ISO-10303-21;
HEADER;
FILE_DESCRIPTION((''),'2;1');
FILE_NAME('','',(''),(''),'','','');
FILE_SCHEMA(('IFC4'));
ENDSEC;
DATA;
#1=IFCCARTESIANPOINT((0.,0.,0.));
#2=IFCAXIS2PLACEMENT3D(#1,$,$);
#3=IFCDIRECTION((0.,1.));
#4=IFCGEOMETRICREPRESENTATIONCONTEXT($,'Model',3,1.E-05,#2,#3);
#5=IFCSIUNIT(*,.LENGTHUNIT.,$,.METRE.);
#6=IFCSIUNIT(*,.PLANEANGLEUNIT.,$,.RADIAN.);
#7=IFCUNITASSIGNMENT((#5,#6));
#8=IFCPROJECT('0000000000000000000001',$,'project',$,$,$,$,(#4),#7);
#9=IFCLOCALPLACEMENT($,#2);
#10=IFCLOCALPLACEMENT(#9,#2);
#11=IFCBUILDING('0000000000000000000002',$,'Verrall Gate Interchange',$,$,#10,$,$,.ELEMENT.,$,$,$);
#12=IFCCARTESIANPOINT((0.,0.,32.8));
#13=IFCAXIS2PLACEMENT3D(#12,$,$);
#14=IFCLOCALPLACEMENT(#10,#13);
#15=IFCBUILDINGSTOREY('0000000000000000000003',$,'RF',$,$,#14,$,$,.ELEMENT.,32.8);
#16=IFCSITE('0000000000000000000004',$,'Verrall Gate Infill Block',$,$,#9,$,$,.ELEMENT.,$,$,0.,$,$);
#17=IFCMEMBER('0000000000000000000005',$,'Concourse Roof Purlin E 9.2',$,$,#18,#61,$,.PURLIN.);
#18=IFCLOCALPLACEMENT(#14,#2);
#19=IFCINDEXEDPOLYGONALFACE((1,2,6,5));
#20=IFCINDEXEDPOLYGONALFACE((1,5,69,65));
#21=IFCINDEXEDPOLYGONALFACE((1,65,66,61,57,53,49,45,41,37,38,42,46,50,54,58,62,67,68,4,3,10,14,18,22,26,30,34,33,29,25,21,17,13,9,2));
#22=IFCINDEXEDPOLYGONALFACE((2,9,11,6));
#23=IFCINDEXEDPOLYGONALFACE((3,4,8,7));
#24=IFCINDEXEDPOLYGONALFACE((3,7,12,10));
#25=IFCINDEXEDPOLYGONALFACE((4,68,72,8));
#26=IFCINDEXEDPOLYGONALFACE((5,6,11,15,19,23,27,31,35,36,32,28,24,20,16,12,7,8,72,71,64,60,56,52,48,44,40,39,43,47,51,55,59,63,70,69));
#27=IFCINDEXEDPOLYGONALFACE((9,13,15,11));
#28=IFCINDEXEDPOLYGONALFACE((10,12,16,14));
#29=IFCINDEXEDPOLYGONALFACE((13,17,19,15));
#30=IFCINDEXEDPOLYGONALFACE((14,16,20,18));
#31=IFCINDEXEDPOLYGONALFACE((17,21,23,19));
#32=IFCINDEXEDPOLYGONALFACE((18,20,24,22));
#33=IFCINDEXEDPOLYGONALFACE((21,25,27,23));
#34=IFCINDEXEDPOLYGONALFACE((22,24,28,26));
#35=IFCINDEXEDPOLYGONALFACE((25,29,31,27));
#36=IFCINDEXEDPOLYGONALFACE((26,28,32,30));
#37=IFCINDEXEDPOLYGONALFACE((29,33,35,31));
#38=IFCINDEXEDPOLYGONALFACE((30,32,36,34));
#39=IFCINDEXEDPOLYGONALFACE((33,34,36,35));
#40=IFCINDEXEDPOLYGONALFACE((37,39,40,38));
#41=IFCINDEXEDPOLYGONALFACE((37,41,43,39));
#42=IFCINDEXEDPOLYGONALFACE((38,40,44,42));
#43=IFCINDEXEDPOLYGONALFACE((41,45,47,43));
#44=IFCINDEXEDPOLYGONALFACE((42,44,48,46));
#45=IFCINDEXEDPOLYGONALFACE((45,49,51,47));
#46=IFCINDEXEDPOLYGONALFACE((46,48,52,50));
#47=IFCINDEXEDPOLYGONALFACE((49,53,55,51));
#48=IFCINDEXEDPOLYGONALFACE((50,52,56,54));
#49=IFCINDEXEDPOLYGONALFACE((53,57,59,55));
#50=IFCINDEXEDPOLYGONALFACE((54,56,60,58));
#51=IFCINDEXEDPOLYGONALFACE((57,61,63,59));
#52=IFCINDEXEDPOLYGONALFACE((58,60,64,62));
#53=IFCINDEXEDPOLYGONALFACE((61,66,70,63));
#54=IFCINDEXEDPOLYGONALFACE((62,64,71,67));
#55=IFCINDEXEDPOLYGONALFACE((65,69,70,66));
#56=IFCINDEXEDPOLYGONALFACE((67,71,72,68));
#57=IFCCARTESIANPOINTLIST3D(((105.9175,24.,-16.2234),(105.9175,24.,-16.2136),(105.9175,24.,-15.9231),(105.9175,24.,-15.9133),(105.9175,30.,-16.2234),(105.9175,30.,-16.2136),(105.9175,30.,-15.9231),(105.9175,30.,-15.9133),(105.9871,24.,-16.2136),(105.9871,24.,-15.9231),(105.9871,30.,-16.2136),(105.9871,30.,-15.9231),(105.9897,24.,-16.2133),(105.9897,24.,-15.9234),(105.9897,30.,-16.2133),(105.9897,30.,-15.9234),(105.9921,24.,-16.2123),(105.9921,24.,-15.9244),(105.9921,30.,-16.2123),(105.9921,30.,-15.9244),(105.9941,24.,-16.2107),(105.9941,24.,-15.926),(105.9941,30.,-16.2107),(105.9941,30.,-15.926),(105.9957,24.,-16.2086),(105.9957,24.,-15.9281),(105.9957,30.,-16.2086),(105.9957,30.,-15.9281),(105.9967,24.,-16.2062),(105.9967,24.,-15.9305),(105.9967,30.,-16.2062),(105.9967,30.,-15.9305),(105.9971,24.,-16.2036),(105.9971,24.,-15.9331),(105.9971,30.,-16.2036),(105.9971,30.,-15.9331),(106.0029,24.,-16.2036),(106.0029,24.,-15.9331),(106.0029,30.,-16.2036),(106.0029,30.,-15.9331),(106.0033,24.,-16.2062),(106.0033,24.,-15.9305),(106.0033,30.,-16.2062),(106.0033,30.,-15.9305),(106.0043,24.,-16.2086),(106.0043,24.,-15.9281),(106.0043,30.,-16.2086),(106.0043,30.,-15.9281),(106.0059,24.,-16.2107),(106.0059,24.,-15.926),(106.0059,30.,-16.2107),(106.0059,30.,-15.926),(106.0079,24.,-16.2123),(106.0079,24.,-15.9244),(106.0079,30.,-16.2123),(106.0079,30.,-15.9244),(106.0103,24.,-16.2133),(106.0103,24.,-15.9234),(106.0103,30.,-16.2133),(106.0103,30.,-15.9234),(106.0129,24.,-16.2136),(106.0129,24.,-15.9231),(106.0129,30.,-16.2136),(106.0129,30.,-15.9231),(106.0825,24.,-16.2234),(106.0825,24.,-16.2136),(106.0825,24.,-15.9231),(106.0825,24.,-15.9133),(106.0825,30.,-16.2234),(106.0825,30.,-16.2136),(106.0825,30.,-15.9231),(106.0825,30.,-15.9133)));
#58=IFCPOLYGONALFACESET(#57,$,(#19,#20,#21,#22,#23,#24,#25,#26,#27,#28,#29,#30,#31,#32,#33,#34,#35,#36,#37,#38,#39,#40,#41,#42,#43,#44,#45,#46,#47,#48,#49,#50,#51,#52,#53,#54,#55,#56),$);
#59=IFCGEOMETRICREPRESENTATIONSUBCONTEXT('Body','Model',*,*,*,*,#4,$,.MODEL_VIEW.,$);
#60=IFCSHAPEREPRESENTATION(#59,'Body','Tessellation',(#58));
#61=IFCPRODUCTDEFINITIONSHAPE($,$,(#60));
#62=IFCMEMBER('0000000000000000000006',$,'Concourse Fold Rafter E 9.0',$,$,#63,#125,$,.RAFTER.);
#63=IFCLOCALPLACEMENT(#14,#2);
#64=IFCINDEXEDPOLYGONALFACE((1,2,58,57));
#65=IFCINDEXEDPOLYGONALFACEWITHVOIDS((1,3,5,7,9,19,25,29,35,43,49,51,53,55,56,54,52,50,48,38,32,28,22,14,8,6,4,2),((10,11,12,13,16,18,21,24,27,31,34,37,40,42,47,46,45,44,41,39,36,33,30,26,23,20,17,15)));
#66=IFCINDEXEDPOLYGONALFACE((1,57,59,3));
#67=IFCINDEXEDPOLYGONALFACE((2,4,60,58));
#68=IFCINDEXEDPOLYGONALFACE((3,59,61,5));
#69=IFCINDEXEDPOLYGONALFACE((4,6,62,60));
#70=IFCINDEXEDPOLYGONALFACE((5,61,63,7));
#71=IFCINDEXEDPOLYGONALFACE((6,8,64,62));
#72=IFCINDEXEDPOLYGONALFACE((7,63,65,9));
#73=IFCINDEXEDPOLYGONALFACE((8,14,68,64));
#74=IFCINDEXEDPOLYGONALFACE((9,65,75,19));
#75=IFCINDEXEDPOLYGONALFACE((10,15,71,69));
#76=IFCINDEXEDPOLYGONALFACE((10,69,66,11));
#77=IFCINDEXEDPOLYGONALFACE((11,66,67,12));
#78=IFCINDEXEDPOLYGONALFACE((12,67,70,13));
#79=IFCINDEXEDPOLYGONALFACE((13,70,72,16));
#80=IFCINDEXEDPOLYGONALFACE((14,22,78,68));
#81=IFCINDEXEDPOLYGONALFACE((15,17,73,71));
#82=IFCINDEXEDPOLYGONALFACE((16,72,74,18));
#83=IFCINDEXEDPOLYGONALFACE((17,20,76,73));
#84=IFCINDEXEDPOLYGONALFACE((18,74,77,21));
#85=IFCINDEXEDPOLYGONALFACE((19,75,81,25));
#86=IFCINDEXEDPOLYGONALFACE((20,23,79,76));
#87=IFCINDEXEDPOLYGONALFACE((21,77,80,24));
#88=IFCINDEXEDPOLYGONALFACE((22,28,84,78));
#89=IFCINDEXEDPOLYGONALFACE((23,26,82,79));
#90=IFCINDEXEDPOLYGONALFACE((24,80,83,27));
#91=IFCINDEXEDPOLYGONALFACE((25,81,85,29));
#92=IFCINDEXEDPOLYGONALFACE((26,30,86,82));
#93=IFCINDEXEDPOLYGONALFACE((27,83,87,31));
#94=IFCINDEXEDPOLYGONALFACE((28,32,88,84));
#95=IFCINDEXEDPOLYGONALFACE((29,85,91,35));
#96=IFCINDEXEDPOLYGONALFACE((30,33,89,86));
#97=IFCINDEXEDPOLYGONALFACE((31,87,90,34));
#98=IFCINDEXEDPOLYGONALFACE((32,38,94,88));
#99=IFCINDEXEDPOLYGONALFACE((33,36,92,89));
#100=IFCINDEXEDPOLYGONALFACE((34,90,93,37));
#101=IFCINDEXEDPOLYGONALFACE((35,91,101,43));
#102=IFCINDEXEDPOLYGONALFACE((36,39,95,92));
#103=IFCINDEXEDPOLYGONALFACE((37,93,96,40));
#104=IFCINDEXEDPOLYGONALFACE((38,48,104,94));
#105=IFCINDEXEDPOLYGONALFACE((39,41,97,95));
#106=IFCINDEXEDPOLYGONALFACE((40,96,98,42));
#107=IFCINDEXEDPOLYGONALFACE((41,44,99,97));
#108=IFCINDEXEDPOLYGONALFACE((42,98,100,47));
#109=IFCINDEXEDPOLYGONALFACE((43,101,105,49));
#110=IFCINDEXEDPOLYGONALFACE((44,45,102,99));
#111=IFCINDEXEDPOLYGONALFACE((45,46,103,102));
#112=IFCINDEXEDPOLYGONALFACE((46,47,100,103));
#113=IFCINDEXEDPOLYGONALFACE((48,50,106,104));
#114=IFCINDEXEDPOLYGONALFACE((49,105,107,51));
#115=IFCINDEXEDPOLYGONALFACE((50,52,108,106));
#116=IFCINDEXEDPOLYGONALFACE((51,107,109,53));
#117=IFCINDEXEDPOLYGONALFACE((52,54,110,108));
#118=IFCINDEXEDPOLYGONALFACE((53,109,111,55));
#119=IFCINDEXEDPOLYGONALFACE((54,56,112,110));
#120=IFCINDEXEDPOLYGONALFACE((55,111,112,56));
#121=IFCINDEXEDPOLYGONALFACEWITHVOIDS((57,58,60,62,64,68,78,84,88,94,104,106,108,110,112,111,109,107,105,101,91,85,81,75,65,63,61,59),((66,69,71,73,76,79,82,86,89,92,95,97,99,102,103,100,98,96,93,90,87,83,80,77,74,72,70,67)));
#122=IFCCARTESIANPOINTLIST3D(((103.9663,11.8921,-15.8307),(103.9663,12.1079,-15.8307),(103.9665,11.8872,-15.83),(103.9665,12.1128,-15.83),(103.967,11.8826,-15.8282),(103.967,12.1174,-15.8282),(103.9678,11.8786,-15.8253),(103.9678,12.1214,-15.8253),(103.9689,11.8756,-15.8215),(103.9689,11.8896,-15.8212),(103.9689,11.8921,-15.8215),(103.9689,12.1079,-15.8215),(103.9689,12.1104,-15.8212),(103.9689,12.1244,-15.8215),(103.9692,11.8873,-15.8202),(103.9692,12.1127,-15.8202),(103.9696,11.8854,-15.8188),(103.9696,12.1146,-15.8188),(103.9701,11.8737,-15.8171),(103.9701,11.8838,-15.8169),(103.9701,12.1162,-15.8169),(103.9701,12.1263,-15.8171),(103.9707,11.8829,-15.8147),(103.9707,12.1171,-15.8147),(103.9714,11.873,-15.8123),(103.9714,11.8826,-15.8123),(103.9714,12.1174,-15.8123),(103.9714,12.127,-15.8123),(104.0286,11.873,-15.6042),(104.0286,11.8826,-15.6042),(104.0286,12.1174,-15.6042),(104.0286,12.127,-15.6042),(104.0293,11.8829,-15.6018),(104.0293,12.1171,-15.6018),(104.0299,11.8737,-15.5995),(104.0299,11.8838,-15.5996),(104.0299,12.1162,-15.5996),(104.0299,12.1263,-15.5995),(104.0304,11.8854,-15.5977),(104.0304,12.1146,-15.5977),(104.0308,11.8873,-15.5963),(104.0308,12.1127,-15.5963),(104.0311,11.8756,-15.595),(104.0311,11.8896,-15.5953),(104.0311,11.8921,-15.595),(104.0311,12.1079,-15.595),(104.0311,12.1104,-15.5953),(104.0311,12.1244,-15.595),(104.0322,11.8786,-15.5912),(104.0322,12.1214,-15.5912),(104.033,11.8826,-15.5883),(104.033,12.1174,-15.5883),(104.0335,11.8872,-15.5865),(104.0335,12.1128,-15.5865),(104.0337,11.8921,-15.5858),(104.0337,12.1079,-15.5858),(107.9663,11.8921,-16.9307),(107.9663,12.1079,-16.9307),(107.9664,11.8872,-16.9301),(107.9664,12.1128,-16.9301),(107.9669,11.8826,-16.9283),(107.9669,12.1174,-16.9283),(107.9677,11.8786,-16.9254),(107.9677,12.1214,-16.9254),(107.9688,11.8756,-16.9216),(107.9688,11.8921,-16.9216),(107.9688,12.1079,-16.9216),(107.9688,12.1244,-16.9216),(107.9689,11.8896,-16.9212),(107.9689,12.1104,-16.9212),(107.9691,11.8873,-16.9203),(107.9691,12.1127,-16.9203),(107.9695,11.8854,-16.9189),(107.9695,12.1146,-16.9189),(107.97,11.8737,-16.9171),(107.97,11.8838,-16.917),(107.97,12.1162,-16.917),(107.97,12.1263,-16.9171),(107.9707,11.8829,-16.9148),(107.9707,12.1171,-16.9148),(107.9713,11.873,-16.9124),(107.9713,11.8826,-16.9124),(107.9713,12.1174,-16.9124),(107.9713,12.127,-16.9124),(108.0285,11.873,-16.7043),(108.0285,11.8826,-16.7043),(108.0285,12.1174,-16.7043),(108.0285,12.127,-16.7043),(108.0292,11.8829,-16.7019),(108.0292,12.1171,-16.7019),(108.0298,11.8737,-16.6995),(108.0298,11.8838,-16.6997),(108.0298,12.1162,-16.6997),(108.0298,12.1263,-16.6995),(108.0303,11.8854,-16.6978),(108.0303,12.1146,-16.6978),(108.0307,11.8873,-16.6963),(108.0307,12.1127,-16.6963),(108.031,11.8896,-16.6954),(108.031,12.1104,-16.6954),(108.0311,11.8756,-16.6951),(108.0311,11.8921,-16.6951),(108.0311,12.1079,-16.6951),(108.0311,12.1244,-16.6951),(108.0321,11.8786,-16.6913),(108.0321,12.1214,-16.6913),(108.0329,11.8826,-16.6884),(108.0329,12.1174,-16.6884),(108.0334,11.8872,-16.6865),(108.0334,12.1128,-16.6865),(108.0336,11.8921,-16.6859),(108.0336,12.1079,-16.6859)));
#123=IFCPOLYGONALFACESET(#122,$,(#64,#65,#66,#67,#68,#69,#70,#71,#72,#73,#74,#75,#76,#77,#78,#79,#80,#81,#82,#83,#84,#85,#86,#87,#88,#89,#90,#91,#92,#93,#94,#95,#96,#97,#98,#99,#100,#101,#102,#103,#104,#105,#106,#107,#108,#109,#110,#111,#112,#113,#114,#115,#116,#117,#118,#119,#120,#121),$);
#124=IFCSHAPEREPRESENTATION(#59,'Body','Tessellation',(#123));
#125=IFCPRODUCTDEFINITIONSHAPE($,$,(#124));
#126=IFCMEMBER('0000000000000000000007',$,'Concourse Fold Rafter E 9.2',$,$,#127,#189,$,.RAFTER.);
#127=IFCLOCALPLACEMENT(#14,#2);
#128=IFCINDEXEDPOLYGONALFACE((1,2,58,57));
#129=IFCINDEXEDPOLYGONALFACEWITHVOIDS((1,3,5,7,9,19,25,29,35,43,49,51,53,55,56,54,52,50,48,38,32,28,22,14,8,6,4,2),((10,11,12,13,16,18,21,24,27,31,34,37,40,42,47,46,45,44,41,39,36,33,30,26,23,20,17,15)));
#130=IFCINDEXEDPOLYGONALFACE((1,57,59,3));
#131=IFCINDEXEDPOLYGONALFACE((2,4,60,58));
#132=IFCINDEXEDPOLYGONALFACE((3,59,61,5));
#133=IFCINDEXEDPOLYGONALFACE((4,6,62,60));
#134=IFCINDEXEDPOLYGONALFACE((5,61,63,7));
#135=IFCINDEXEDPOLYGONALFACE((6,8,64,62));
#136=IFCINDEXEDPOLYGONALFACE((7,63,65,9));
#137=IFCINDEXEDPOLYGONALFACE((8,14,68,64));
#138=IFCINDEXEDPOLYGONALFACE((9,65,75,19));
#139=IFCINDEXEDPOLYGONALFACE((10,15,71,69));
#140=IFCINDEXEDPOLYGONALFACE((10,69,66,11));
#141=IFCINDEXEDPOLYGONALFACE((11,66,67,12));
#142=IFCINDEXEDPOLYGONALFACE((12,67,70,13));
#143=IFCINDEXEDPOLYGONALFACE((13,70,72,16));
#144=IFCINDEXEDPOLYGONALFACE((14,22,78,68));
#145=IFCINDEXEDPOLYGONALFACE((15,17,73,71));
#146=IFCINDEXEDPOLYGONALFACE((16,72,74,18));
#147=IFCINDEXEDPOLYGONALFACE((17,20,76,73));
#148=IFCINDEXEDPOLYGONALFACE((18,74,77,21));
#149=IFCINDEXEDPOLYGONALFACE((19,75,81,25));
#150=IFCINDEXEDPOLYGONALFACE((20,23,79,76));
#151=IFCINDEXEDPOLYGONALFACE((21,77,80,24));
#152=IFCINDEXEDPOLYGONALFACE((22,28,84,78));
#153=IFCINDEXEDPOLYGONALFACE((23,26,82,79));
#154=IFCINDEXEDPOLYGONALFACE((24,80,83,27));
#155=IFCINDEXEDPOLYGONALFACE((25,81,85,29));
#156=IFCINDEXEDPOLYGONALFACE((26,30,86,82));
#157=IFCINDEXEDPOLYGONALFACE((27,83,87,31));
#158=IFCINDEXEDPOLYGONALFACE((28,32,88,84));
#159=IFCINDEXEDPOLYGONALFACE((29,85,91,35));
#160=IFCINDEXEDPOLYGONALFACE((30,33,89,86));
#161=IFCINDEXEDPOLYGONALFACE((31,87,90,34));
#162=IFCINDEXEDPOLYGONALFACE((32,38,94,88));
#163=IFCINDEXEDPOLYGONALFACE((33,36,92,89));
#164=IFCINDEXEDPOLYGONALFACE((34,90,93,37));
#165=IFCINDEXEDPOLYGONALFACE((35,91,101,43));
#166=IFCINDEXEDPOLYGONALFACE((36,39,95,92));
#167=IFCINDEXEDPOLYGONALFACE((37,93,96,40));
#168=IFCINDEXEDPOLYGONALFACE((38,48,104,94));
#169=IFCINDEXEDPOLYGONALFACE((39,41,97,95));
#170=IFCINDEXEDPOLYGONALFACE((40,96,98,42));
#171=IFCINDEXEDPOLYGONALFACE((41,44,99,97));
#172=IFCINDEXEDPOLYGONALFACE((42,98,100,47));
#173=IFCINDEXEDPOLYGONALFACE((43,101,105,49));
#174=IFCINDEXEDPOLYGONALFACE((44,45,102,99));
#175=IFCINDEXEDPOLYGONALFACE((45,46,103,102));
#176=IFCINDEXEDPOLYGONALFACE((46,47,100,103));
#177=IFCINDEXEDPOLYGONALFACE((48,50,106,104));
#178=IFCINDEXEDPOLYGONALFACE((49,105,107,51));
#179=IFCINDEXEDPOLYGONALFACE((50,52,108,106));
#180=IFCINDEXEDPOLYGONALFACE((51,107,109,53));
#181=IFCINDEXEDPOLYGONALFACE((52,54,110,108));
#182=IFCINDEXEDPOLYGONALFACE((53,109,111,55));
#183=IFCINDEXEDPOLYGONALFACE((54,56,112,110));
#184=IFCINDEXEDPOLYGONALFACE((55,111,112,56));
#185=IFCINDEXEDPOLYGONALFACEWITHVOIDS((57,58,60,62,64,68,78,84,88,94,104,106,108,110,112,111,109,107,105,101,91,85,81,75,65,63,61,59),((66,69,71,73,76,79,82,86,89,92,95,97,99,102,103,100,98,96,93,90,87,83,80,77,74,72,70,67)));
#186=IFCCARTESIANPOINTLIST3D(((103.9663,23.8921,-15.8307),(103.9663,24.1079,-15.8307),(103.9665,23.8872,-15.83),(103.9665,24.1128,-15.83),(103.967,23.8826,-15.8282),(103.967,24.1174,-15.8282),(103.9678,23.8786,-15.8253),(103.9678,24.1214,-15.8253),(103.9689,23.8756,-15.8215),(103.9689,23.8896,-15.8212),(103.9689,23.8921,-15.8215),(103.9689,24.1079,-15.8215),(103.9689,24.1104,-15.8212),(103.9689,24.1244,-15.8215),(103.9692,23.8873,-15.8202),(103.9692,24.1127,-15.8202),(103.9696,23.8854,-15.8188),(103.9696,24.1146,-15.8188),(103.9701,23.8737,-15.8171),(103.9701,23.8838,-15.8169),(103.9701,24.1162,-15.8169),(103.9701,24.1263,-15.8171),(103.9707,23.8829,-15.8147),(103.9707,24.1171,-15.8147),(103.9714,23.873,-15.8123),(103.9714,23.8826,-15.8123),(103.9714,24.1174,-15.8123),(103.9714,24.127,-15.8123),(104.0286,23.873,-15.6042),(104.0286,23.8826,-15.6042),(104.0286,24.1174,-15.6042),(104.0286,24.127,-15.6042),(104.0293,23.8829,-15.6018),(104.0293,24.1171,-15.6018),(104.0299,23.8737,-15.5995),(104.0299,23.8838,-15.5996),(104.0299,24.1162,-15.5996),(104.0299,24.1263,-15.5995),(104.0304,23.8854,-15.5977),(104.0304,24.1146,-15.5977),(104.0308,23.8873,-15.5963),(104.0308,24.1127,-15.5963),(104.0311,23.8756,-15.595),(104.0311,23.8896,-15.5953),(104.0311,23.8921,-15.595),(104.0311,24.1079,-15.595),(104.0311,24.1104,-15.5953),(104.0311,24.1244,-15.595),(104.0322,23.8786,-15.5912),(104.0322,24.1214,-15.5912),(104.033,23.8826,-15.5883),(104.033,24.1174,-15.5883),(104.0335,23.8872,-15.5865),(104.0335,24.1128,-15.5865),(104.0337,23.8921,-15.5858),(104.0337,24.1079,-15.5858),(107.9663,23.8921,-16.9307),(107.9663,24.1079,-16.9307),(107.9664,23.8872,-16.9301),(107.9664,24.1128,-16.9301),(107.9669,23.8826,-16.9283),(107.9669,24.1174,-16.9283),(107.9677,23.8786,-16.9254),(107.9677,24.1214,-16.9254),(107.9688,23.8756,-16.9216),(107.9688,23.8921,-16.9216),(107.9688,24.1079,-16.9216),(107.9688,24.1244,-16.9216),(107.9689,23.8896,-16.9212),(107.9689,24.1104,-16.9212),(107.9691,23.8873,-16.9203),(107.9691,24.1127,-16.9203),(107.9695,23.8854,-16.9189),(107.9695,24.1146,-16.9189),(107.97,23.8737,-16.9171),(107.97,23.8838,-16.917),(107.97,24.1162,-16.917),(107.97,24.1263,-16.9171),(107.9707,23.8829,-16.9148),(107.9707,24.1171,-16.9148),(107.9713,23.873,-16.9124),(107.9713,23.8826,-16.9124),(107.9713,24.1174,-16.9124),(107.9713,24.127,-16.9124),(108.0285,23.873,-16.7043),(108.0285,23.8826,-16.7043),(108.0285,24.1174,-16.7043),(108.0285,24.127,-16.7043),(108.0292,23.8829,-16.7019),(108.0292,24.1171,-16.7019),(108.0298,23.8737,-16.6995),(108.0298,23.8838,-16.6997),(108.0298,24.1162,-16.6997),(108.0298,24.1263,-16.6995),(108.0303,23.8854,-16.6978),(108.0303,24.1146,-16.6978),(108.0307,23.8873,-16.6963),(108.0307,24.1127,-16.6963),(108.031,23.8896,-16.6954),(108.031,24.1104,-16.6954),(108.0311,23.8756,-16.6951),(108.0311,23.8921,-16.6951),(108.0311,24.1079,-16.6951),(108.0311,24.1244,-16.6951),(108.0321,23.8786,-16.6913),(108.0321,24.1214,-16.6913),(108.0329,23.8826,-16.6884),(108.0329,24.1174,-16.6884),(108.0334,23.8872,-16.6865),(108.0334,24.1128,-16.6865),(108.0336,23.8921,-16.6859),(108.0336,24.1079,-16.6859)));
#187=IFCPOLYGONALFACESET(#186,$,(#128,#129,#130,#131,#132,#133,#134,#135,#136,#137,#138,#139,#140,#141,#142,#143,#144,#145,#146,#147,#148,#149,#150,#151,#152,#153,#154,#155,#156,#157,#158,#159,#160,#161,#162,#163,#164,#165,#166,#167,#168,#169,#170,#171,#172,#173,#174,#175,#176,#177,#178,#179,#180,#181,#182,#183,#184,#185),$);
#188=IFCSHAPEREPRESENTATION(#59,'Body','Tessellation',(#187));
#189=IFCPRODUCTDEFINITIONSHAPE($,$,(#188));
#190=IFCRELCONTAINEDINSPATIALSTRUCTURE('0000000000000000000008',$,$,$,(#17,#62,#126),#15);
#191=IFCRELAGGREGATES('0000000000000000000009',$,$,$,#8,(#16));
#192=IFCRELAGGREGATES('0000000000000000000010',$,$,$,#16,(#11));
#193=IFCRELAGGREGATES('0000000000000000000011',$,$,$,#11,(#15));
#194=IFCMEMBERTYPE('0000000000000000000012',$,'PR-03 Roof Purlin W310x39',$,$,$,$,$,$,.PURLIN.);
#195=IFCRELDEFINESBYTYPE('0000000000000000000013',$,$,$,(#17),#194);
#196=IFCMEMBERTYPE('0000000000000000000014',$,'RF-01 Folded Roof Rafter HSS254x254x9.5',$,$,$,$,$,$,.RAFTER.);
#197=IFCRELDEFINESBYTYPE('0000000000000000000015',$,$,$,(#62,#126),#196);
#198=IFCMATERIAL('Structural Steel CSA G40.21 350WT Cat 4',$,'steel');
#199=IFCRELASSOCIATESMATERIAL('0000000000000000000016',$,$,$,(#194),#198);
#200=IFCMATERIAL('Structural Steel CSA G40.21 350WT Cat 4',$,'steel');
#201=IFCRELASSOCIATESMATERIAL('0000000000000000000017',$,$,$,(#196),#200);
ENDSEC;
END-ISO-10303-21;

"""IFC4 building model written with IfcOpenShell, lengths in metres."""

from ifc_helpers import new_model, si_unit, direction, frame, origin, origin_2d, place, context, subcontext, project, spatial, hollow_rectangle, i_section, extrude, material, material_profile, profile_set, type_object, element, save


model = new_model("IFC4")

# Units and contexts
model_context = context("Model", 3, precision=1e-05, world=origin(), true_north=direction((0.0, 1.0)))
body_context = subcontext(model_context, "Body", "Model", "MODEL_VIEW")
ifc_project = project(units=[si_unit("LENGTHUNIT", "METRE"), si_unit("PLANEANGLEUNIT", "RADIAN")], contexts=[model_context])

# Site, building, storey
site_placement = place(None, origin())
site = spatial("IfcSite", under=ifc_project, at=site_placement, Name="Verrall Gate Infill Block", CompositionType="ELEMENT", RefElevation=0.0)
building_placement = place(site_placement, origin())
building = spatial("IfcBuilding", under=site, at=building_placement, Name="Verrall Gate Interchange", CompositionType="ELEMENT")
storey_placement = place(building_placement, frame((0.0, 0.0, 32.8)))
storey = spatial("IfcBuildingStorey", under=building, at=storey_placement, Name="RF", CompositionType="ELEMENT", Elevation=32.8)

# Members
ifc_material_1 = material(Name="Structural Steel CSA G40.21 350WT Cat 4", Category="steel")
ifc_material_profile_1 = material_profile(ifc_material_1, i_section(OverallWidth=0.165, OverallDepth=0.3101, WebThickness=0.0059, FlangeThickness=0.0098, FilletRadius=0.01, at=origin_2d()), Name="W310x39")
ifc_profile_set_1 = profile_set([ifc_material_profile_1], Name="Structural Steel CSA G40.21 350WT Cat 4")
member_type_1 = type_object("IfcMemberType", Name="PR-03 Roof Purlin W310x39", PredefinedType="PURLIN", material=ifc_profile_set_1)
for number, where, z_axis, x_axis, name in (
    (1, (106.0, 24.0, -16.0684), (0.0, 1.0, 0.0), (-1.0, 0.0, 0.0), "Concourse Roof Purlin E 9.2"),
):
    element("IfcMember", number, at=place(storey_placement, frame(where, z_axis=z_axis, x_axis=x_axis)), inside=storey, type_object=member_type_1, Name=name, PredefinedType="PURLIN", context=body_context, shape_type="SweptSolid", body=[
        extrude(i_section(OverallWidth=0.165, OverallDepth=0.3101, WebThickness=0.0059, FlangeThickness=0.0098, FilletRadius=0.01, at=origin_2d()), origin(), (0.0, 0.0, 1.0), 6.0),
    ])
ifc_material_2 = material(Name="Structural Steel CSA G40.21 350WT Cat 4", Category="steel")
ifc_material_profile_2 = material_profile(ifc_material_2, hollow_rectangle(XDim=0.2539, YDim=0.2539, WallThickness=0.0095, InnerFilletRadius=0.0095, OuterFilletRadius=0.019, at=origin_2d()), Name="HSS254x254x9.5")
ifc_profile_set_2 = profile_set([ifc_material_profile_2], Name="Structural Steel CSA G40.21 350WT Cat 4")
member_type_2 = type_object("IfcMemberType", Name="RF-01 Folded Roof Rafter HSS254x254x9.5", PredefinedType="RAFTER", material=ifc_profile_set_2)
for number, where, z_axis, x_axis, name in (
    (2, (104.0, 12.0, -15.7083), (0.964199, 0.0, -0.265178), (0.0, 1.0, 0.0), "Concourse Fold Rafter E 9.0"),
    (3, (104.0, 24.0, -15.7083), (0.964199, 0.0, -0.265178), (0.0, 1.0, 0.0), "Concourse Fold Rafter E 9.2"),
):
    element("IfcMember", number, at=place(storey_placement, frame(where, z_axis=z_axis, x_axis=x_axis)), inside=storey, type_object=member_type_2, Name=name, PredefinedType="RAFTER", context=body_context, shape_type="SweptSolid", body=[
        extrude(hollow_rectangle(XDim=0.2539, YDim=0.2539, WallThickness=0.0095, InnerFilletRadius=0.0095, OuterFilletRadius=0.019, at=origin_2d()), origin(), (0.0, 0.0, 1.0), 4.1484),
    ])

save(model, "model.ifc")
